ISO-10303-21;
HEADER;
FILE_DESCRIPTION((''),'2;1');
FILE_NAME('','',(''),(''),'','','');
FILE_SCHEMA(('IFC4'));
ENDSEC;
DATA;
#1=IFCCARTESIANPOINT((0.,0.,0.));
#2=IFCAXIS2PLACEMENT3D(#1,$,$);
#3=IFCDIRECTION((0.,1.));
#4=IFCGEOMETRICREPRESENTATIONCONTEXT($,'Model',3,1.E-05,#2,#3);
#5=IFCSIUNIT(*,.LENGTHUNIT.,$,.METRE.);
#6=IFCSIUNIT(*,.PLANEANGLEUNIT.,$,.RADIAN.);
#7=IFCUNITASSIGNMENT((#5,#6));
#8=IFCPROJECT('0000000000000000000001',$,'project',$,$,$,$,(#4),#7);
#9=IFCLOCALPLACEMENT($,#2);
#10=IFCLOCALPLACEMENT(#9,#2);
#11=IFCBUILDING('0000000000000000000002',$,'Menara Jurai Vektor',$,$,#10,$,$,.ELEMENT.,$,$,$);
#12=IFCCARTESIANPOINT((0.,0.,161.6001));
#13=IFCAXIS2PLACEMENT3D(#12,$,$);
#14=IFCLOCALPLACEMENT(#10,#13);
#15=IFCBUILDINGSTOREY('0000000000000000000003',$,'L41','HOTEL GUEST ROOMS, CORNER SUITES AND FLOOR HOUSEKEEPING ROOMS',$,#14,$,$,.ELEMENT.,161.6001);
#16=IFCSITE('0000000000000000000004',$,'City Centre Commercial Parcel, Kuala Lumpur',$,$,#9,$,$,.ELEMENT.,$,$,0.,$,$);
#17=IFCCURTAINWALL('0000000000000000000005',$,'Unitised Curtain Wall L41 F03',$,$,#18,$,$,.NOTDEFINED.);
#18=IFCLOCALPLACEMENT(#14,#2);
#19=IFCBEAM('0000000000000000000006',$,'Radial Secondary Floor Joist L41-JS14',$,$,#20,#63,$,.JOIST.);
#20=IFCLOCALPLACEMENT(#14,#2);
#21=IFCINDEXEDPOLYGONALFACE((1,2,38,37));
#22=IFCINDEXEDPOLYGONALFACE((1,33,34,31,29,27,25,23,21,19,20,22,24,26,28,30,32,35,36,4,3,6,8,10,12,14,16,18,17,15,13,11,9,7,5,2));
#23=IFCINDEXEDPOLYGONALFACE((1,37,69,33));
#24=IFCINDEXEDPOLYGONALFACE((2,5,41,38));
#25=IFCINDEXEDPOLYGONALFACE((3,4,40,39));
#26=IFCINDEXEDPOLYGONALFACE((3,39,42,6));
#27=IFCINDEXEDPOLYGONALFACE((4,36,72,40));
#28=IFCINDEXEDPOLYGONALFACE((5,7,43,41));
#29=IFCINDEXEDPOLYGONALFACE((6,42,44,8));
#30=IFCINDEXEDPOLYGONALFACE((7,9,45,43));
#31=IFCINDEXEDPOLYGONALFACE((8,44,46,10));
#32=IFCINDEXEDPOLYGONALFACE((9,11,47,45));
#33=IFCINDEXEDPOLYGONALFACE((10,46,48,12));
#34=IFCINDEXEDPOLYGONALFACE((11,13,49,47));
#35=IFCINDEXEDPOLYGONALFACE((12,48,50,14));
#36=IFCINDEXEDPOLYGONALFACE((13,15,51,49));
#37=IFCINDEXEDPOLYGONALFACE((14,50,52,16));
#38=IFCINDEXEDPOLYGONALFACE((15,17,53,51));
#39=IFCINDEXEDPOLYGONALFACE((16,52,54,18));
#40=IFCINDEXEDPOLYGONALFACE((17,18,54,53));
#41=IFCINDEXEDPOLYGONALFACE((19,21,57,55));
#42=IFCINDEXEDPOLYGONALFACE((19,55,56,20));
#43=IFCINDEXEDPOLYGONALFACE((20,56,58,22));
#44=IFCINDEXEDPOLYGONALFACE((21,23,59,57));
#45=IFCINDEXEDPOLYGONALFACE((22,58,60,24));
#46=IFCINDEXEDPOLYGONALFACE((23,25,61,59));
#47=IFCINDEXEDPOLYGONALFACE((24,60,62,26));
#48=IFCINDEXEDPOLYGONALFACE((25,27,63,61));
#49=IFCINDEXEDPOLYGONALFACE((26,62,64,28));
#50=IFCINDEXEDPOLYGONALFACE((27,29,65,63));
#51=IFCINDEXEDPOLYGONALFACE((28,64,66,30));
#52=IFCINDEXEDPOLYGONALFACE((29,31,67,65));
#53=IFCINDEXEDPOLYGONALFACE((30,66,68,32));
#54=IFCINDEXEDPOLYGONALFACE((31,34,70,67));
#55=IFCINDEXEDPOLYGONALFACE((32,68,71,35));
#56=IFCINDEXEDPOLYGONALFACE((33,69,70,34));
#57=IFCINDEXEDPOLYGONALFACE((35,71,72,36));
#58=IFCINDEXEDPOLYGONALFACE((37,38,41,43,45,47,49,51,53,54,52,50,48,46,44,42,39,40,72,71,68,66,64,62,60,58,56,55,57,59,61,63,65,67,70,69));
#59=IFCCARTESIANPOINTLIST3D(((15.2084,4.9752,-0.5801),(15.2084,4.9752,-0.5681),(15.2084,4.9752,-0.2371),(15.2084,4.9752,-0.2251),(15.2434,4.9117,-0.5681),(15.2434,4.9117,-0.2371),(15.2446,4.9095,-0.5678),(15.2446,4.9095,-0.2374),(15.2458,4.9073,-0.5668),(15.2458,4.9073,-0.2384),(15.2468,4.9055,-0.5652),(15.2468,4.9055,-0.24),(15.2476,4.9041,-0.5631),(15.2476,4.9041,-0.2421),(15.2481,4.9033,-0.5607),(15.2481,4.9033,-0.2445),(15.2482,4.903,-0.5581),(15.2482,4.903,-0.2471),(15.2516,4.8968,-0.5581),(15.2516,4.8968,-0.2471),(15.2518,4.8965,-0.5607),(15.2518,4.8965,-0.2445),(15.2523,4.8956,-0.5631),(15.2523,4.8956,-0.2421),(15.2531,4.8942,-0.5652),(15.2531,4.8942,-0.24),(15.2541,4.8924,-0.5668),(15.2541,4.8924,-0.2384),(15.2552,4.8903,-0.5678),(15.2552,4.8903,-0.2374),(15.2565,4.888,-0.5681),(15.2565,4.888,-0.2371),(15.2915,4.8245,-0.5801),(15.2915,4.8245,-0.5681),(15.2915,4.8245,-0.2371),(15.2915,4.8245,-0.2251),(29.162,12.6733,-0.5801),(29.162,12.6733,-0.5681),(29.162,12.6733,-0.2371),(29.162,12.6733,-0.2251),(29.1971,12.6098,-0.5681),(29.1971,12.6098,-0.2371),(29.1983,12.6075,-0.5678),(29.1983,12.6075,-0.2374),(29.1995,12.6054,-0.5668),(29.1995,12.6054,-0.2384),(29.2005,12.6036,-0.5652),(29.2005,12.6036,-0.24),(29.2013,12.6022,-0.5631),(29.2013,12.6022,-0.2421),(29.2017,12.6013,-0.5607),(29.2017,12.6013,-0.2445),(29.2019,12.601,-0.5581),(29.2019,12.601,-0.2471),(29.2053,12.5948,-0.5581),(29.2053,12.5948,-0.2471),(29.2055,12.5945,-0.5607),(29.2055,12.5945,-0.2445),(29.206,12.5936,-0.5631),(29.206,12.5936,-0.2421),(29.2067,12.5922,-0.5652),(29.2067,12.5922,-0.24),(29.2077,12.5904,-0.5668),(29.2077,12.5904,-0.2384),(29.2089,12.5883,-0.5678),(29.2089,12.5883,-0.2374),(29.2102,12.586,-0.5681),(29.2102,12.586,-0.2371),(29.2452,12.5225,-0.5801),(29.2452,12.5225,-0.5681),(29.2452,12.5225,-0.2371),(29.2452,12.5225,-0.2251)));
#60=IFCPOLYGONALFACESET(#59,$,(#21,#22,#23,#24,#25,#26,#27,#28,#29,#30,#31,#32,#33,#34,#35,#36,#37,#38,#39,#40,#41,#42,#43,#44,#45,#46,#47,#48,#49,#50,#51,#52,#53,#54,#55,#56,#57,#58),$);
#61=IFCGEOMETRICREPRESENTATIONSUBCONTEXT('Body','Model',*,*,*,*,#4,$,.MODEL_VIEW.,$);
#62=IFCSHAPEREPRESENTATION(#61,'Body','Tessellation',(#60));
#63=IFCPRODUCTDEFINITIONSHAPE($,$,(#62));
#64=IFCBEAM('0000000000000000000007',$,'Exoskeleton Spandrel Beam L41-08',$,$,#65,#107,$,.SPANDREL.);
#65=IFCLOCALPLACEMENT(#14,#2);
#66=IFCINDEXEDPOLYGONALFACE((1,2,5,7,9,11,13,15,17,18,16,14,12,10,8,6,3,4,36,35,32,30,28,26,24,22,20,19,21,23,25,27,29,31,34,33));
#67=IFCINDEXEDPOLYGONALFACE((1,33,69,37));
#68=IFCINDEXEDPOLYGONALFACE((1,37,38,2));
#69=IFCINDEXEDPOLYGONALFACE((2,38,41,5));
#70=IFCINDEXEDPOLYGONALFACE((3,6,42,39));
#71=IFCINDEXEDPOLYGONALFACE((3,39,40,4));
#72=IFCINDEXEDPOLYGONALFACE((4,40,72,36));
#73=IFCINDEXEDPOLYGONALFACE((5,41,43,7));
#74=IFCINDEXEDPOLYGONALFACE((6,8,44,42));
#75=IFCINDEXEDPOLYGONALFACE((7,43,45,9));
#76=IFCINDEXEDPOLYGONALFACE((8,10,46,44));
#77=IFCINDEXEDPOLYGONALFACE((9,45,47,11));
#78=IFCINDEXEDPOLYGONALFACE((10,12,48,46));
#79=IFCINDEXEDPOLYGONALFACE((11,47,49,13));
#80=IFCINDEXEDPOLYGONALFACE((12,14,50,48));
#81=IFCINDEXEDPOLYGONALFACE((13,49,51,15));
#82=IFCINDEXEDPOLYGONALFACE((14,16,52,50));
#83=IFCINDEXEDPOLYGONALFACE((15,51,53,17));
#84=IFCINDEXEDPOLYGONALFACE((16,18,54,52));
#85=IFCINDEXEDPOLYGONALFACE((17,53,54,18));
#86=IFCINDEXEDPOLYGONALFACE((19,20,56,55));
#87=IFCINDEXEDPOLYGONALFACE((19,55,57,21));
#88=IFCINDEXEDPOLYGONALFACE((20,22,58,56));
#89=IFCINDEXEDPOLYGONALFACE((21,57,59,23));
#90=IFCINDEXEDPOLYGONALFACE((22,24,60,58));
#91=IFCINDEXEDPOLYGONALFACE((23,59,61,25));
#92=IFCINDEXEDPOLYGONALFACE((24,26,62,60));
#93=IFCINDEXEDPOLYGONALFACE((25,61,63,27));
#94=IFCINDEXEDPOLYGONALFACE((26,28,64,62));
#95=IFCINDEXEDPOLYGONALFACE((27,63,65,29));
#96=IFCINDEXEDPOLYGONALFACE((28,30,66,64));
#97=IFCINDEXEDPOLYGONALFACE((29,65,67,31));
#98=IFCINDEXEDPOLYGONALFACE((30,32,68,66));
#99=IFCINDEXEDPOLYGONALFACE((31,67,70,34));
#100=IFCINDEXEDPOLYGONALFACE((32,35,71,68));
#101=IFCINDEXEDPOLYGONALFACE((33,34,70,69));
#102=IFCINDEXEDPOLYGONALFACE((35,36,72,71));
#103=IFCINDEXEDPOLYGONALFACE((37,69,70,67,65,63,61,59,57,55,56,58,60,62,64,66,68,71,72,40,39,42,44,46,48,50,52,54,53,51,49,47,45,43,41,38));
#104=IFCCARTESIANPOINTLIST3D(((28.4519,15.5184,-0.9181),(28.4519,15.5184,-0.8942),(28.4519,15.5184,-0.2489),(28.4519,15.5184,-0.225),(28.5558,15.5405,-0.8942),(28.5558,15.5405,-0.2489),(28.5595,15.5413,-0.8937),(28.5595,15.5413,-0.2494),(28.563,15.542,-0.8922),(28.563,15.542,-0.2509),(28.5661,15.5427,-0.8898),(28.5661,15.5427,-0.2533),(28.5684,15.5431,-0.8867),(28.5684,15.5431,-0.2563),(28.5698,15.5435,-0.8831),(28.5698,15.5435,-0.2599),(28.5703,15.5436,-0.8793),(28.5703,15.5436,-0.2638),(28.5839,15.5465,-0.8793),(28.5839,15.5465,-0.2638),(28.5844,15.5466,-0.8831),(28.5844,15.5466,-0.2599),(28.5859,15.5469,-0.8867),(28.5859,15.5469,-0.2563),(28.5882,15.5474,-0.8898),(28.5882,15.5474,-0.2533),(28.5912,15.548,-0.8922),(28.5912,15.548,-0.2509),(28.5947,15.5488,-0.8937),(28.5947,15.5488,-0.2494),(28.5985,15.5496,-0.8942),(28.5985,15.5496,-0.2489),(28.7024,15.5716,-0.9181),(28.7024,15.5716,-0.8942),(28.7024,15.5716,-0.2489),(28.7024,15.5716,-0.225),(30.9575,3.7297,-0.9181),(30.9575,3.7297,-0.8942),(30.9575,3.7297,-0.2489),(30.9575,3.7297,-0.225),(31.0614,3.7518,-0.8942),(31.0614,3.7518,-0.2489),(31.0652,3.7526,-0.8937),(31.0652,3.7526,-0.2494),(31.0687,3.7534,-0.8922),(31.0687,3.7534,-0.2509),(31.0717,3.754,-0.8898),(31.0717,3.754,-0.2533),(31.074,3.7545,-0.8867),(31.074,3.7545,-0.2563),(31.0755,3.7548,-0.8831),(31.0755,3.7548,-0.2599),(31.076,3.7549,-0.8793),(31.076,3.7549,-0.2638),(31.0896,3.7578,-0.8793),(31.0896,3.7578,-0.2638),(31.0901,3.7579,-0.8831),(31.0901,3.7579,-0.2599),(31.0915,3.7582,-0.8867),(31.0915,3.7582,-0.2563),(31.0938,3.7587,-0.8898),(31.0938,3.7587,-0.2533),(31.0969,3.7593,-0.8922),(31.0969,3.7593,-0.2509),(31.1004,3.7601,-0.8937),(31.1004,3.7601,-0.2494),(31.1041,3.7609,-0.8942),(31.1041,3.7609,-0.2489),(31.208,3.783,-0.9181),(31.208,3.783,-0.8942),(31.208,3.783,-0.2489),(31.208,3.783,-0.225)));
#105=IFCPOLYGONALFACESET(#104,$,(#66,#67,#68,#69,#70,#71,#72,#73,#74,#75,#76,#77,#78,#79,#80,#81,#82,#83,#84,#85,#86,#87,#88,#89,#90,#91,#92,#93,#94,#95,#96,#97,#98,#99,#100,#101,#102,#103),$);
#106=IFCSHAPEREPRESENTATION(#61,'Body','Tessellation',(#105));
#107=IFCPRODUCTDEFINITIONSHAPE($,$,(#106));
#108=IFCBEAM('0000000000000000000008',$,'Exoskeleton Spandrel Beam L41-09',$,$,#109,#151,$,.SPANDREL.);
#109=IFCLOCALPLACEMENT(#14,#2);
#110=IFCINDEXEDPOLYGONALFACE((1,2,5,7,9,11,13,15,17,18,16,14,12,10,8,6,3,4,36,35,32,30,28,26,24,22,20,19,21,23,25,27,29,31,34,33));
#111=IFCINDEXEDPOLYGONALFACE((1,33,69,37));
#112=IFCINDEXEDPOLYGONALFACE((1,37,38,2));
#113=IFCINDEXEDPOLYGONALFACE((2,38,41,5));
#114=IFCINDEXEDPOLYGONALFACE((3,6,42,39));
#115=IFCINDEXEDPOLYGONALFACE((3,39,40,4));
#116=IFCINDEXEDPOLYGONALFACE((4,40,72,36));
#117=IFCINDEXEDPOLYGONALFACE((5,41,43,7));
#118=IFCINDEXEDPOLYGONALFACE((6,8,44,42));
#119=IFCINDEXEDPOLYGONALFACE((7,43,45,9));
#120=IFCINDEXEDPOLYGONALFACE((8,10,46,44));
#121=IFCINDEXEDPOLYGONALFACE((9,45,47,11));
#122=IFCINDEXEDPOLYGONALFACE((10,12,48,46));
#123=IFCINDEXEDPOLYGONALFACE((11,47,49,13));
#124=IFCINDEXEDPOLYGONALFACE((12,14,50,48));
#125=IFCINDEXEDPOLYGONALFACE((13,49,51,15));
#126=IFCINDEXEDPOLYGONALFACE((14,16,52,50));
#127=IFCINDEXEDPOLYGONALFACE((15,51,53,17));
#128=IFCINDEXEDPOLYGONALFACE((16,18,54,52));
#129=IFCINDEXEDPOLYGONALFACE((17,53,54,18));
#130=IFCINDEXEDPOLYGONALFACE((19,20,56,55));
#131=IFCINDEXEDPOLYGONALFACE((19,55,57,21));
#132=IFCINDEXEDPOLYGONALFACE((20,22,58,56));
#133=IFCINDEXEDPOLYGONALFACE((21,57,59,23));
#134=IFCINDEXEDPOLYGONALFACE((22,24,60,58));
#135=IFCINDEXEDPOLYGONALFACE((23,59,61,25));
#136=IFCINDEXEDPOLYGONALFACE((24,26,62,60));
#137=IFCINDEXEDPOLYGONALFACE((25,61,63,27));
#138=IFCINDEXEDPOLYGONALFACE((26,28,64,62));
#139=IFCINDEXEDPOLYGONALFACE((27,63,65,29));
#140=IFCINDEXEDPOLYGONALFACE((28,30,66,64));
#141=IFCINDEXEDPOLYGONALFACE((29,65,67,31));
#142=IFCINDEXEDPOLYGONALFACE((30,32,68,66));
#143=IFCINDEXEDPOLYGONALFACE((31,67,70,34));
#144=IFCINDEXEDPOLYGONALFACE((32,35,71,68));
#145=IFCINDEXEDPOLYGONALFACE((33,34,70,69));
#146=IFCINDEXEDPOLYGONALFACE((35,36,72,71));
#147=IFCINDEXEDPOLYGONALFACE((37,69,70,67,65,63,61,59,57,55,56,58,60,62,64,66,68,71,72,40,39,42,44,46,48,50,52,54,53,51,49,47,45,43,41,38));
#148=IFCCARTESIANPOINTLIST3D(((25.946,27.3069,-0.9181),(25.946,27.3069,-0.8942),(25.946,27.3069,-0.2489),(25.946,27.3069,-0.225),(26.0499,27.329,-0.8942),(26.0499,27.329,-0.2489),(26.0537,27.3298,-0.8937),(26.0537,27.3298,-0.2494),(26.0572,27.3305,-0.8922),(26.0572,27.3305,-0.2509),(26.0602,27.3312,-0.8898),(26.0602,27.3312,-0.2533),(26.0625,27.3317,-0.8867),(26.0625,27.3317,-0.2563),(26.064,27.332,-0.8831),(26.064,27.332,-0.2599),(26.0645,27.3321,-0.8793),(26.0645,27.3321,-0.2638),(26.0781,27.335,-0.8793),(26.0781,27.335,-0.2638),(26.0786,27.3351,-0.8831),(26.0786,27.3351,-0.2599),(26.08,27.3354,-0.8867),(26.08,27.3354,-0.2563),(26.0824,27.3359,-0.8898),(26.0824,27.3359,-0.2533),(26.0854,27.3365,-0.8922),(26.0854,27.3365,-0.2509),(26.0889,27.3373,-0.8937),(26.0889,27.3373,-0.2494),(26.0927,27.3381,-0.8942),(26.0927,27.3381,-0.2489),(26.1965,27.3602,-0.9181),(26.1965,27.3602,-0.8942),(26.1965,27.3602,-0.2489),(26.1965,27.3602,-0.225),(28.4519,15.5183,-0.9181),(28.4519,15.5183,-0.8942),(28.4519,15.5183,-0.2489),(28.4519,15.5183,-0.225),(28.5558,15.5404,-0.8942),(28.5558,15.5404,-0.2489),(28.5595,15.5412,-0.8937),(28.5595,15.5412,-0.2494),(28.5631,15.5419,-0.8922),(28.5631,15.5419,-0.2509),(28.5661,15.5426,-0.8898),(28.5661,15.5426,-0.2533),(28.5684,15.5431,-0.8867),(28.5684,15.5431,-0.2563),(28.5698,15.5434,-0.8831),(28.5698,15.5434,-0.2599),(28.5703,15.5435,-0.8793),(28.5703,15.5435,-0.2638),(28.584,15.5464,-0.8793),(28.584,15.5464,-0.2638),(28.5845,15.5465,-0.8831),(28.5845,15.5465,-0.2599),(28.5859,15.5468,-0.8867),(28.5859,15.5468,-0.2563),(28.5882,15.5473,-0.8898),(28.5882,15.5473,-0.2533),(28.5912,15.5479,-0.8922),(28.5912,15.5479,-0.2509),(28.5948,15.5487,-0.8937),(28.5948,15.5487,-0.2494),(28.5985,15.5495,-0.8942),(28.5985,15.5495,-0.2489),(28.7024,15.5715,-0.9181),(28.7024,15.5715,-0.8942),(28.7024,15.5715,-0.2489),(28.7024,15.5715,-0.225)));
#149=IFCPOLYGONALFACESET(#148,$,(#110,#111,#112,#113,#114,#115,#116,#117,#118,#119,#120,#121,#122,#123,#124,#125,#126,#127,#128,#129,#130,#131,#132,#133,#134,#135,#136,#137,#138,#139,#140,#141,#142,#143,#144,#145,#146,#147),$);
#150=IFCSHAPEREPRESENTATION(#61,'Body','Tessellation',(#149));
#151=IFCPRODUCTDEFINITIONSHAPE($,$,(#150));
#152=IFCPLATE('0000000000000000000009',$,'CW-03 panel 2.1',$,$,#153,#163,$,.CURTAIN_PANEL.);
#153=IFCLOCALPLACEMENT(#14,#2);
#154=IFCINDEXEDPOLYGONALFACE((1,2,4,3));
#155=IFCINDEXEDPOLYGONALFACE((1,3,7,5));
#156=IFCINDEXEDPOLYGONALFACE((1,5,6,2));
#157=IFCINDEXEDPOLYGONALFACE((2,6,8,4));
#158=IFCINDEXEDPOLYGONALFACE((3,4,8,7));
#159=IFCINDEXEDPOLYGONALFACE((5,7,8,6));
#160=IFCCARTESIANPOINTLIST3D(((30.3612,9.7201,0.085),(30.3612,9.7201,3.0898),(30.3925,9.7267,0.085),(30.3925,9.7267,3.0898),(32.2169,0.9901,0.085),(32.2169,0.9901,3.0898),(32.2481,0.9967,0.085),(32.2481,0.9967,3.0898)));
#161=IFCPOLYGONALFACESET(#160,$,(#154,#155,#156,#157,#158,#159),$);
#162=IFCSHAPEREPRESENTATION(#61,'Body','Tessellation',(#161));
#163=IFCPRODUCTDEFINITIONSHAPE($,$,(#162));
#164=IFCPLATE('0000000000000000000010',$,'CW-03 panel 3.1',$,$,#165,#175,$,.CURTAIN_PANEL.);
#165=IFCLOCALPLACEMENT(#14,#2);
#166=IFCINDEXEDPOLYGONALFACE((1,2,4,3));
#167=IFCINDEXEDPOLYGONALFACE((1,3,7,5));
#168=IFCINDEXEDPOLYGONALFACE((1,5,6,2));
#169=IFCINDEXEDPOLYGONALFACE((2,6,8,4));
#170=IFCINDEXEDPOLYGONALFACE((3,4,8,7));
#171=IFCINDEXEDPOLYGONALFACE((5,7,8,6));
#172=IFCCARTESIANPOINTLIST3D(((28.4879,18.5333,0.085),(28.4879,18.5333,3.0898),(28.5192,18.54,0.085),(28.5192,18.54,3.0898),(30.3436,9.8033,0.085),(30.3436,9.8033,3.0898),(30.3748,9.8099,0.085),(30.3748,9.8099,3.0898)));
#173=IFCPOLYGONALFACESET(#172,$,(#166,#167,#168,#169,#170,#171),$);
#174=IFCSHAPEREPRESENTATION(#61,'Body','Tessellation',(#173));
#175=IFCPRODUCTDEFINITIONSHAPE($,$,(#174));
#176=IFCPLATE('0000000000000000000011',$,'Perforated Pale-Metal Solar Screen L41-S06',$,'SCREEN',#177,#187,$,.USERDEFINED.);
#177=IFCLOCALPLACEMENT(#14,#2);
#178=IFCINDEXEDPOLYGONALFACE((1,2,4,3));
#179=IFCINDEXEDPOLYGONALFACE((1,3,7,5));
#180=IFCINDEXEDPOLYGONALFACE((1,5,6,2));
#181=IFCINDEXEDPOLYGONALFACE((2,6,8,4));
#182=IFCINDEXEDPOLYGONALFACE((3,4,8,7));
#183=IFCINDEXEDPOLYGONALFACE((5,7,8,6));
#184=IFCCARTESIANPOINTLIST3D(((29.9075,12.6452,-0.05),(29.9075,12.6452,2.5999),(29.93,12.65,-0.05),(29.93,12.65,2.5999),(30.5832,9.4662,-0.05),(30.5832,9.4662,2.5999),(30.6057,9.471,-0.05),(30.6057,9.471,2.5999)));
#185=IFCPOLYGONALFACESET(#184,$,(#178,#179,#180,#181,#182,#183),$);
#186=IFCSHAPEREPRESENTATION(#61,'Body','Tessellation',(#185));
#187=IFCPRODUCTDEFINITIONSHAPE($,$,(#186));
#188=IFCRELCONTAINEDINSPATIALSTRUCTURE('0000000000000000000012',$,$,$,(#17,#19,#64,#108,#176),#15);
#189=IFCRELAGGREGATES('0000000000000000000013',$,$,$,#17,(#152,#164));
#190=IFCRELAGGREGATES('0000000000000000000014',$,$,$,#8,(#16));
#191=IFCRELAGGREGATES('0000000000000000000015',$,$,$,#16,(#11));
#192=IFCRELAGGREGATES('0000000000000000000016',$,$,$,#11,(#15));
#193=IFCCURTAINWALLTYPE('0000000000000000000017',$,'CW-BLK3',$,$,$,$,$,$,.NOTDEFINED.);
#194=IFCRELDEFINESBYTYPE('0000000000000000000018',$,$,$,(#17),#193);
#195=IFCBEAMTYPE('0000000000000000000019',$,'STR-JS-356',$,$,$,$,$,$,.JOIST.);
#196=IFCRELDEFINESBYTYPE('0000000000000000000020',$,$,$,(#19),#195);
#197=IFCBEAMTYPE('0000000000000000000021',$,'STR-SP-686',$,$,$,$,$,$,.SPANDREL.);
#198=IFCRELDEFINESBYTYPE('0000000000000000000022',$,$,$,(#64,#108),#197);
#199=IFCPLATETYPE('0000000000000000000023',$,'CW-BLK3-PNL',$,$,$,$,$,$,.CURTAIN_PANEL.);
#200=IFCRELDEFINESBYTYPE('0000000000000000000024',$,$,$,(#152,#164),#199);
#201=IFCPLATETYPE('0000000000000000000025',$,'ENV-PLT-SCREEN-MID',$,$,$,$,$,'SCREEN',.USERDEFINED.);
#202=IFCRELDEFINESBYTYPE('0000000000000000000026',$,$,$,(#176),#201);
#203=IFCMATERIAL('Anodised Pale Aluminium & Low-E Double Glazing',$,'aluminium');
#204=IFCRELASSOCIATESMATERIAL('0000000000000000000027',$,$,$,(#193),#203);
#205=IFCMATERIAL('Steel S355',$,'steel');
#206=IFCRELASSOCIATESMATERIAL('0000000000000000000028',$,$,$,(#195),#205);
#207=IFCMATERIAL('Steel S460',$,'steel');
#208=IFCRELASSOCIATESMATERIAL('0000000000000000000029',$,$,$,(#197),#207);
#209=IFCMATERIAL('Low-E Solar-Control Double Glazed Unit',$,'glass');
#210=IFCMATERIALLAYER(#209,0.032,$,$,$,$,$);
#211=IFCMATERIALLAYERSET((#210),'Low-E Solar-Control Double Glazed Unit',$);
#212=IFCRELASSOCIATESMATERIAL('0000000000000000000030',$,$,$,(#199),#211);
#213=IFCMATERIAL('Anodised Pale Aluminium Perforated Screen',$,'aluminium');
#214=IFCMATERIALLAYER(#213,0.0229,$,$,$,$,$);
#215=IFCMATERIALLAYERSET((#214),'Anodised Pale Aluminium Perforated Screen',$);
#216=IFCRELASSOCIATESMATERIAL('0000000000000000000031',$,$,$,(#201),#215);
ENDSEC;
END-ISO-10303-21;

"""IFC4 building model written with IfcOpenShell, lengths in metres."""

from ifc_helpers import new_model, si_unit, direction, frame, origin, origin_2d, place, context, subcontext, project, spatial, rectangle, i_section, extrude, material, layer, layer_set, material_profile, profile_set, type_object, element, aggregate, save


model = new_model("IFC4")

# Units and contexts
model_context = context("Model", 3, precision=1e-05, world=origin(), true_north=direction((0.0, 1.0)))
body_context = subcontext(model_context, "Body", "Model", "MODEL_VIEW")
ifc_project = project(units=[si_unit("LENGTHUNIT", "METRE"), si_unit("PLANEANGLEUNIT", "RADIAN")], contexts=[model_context])

# Site, building, storey
site_placement = place(None, origin())
site = spatial("IfcSite", under=ifc_project, at=site_placement, Name="City Centre Commercial Parcel, Kuala Lumpur", CompositionType="ELEMENT", RefElevation=0.0)
building_placement = place(site_placement, origin())
building = spatial("IfcBuilding", under=site, at=building_placement, Name="Menara Jurai Vektor", CompositionType="ELEMENT")
storey_placement = place(building_placement, frame((0.0, 0.0, 161.6001)))
storey = spatial("IfcBuildingStorey", under=building, at=storey_placement, Name="L41", Description="HOTEL GUEST ROOMS, CORNER SUITES AND FLOOR HOUSEKEEPING ROOMS", CompositionType="ELEMENT", Elevation=161.6001)

# Shared definitions
ifc_material_1 = material(Name="Steel S460", Category="steel")

# Curtain wall
ifc_material_2 = material(Name="Anodised Pale Aluminium & Low-E Double Glazing", Category="aluminium")
curtain_wall_type = type_object("IfcCurtainWallType", Name="CW-BLK3", PredefinedType="NOTDEFINED", material=ifc_material_2)
curtain_wall_placement = place(storey_placement, origin())
curtain_wall = element("IfcCurtainWall", 1, at=curtain_wall_placement, inside=storey, type_object=curtain_wall_type, Name="Unitised Curtain Wall L41 F03", PredefinedType="NOTDEFINED")

# Beams
ifc_material_3 = material(Name="Steel S355", Category="steel")
ifc_material_profile_1 = material_profile(ifc_material_3, i_section(OverallWidth=0.1721, OverallDepth=0.355, WebThickness=0.0071, FlangeThickness=0.012, FilletRadius=0.01, at=origin_2d()), Name="UKB 356x171x51")
ifc_profile_set_1 = profile_set([ifc_material_profile_1], Name="Steel S355")
beam_type_1 = type_object("IfcBeamType", Name="STR-JS-356", PredefinedType="JOIST", material=ifc_profile_set_1)
beam_1_placement = place(storey_placement, frame((29.2036, 12.5979, -0.4026), z_axis=(-0.875592, -0.483051, 0.0), x_axis=(0.483051, -0.875592, 0.0)))
element("IfcBeam", 2, at=beam_1_placement, inside=storey, type_object=beam_type_1, Name="Radial Secondary Floor Joist L41-JS14", PredefinedType="JOIST", context=body_context, shape_type="SweptSolid", body=[
    extrude(i_section(OverallWidth=0.1721, OverallDepth=0.355, WebThickness=0.0071, FlangeThickness=0.012, FilletRadius=0.01, at=origin_2d()), origin(), (0.0, 0.0, 1.0), 15.9363),
])
ifc_material_profile_2 = material_profile(ifc_material_1, i_section(OverallWidth=0.2561, OverallDepth=0.6931, WebThickness=0.0139, FlangeThickness=0.0239, FilletRadius=0.0149, at=origin_2d()), Name="UKB 686x254x170")
ifc_profile_set_2 = profile_set([ifc_material_profile_2], Name="Steel S460")
beam_type_2 = type_object("IfcBeamType", Name="STR-SP-686", PredefinedType="SPANDREL", material=ifc_profile_set_2)
for number, where, z_axis, x_axis, name in (
    (3, (31.0828, 3.7563, -0.5715), (-0.207902, 0.97815, 0.0), (-0.97815, -0.207902, 0.0), "Exoskeleton Spandrel Beam L41-08"),
    (4, (28.5771, 15.5449, -0.5715), (-0.207921, 0.978146, 0.0), (-0.978146, -0.207921, 0.0), "Exoskeleton Spandrel Beam L41-09"),
):
    element("IfcBeam", number, at=place(storey_placement, frame(where, z_axis=z_axis, x_axis=x_axis)), inside=storey, type_object=beam_type_2, Name=name, PredefinedType="SPANDREL", context=body_context, shape_type="SweptSolid", body=[
        extrude(i_section(OverallWidth=0.2561, OverallDepth=0.6931, WebThickness=0.0139, FlangeThickness=0.0239, FilletRadius=0.0149, at=origin_2d()), origin(), (0.0, 0.0, 1.0), 12.052),
    ])

# Plates
ifc_material_4 = material(Name="Low-E Solar-Control Double Glazed Unit", Category="glass")
ifc_layer_1 = layer(ifc_material_4, 0.032)
ifc_layer_set_1 = layer_set([ifc_layer_1], Name="Low-E Solar-Control Double Glazed Unit")
plate_type_1 = type_object("IfcPlateType", Name="CW-BLK3-PNL", PredefinedType="CURTAIN_PANEL", material=ifc_layer_set_1)
plate_1_placement = place(storey_placement, frame((31.3047, 5.3584, 0.085), z_axis=(0.0, 0.0, 1.0), x_axis=(-0.20791, 0.978148, 0.0)))
plate_1 = element("IfcPlate", 5, at=plate_1_placement, type_object=plate_type_1, Name="CW-03 panel 2.1", PredefinedType="CURTAIN_PANEL", context=body_context, shape_type="SweptSolid", body=[
    extrude(rectangle(XDim=8.925, YDim=0.032, at=origin_2d()), origin(), (0.0, 0.0, 1.0), 3.0049),
])
plate_2_placement = place(storey_placement, frame((29.4314, 14.1716, 0.085), z_axis=(0.0, 0.0, 1.0), x_axis=(-0.20791, 0.978148, 0.0)))
plate_2 = element("IfcPlate", 6, at=plate_2_placement, type_object=plate_type_1, Name="CW-03 panel 3.1", PredefinedType="CURTAIN_PANEL", context=body_context, shape_type="SweptSolid", body=[
    extrude(rectangle(XDim=8.925, YDim=0.032, at=origin_2d()), origin(), (0.0, 0.0, 1.0), 3.0049),
])
aggregate(curtain_wall, [plate_1, plate_2])
ifc_material_5 = material(Name="Anodised Pale Aluminium Perforated Screen", Category="aluminium")
ifc_layer_2 = layer(ifc_material_5, 0.0229)
ifc_layer_set_2 = layer_set([ifc_layer_2], Name="Anodised Pale Aluminium Perforated Screen")
plate_type_2 = type_object("IfcPlateType", Name="ENV-PLT-SCREEN-MID", ElementType="SCREEN", PredefinedType="USERDEFINED", material=ifc_layer_set_2)
plate_3_placement = place(storey_placement, frame((30.2566, 11.0581, -0.05), z_axis=(0.0, 0.0, 1.0), x_axis=(-0.207912, 0.978148, 0.0)))
element("IfcPlate", 7, at=plate_3_placement, inside=storey, type_object=plate_type_2, Name="Perforated Pale-Metal Solar Screen L41-S06", ObjectType="SCREEN", PredefinedType="USERDEFINED", context=body_context, shape_type="SweptSolid", body=[
    extrude(rectangle(XDim=3.25, YDim=0.0229, at=origin_2d()), origin(), (0.0, 0.0, 1.0), 2.6499),
])

save(model, "model.ifc")
